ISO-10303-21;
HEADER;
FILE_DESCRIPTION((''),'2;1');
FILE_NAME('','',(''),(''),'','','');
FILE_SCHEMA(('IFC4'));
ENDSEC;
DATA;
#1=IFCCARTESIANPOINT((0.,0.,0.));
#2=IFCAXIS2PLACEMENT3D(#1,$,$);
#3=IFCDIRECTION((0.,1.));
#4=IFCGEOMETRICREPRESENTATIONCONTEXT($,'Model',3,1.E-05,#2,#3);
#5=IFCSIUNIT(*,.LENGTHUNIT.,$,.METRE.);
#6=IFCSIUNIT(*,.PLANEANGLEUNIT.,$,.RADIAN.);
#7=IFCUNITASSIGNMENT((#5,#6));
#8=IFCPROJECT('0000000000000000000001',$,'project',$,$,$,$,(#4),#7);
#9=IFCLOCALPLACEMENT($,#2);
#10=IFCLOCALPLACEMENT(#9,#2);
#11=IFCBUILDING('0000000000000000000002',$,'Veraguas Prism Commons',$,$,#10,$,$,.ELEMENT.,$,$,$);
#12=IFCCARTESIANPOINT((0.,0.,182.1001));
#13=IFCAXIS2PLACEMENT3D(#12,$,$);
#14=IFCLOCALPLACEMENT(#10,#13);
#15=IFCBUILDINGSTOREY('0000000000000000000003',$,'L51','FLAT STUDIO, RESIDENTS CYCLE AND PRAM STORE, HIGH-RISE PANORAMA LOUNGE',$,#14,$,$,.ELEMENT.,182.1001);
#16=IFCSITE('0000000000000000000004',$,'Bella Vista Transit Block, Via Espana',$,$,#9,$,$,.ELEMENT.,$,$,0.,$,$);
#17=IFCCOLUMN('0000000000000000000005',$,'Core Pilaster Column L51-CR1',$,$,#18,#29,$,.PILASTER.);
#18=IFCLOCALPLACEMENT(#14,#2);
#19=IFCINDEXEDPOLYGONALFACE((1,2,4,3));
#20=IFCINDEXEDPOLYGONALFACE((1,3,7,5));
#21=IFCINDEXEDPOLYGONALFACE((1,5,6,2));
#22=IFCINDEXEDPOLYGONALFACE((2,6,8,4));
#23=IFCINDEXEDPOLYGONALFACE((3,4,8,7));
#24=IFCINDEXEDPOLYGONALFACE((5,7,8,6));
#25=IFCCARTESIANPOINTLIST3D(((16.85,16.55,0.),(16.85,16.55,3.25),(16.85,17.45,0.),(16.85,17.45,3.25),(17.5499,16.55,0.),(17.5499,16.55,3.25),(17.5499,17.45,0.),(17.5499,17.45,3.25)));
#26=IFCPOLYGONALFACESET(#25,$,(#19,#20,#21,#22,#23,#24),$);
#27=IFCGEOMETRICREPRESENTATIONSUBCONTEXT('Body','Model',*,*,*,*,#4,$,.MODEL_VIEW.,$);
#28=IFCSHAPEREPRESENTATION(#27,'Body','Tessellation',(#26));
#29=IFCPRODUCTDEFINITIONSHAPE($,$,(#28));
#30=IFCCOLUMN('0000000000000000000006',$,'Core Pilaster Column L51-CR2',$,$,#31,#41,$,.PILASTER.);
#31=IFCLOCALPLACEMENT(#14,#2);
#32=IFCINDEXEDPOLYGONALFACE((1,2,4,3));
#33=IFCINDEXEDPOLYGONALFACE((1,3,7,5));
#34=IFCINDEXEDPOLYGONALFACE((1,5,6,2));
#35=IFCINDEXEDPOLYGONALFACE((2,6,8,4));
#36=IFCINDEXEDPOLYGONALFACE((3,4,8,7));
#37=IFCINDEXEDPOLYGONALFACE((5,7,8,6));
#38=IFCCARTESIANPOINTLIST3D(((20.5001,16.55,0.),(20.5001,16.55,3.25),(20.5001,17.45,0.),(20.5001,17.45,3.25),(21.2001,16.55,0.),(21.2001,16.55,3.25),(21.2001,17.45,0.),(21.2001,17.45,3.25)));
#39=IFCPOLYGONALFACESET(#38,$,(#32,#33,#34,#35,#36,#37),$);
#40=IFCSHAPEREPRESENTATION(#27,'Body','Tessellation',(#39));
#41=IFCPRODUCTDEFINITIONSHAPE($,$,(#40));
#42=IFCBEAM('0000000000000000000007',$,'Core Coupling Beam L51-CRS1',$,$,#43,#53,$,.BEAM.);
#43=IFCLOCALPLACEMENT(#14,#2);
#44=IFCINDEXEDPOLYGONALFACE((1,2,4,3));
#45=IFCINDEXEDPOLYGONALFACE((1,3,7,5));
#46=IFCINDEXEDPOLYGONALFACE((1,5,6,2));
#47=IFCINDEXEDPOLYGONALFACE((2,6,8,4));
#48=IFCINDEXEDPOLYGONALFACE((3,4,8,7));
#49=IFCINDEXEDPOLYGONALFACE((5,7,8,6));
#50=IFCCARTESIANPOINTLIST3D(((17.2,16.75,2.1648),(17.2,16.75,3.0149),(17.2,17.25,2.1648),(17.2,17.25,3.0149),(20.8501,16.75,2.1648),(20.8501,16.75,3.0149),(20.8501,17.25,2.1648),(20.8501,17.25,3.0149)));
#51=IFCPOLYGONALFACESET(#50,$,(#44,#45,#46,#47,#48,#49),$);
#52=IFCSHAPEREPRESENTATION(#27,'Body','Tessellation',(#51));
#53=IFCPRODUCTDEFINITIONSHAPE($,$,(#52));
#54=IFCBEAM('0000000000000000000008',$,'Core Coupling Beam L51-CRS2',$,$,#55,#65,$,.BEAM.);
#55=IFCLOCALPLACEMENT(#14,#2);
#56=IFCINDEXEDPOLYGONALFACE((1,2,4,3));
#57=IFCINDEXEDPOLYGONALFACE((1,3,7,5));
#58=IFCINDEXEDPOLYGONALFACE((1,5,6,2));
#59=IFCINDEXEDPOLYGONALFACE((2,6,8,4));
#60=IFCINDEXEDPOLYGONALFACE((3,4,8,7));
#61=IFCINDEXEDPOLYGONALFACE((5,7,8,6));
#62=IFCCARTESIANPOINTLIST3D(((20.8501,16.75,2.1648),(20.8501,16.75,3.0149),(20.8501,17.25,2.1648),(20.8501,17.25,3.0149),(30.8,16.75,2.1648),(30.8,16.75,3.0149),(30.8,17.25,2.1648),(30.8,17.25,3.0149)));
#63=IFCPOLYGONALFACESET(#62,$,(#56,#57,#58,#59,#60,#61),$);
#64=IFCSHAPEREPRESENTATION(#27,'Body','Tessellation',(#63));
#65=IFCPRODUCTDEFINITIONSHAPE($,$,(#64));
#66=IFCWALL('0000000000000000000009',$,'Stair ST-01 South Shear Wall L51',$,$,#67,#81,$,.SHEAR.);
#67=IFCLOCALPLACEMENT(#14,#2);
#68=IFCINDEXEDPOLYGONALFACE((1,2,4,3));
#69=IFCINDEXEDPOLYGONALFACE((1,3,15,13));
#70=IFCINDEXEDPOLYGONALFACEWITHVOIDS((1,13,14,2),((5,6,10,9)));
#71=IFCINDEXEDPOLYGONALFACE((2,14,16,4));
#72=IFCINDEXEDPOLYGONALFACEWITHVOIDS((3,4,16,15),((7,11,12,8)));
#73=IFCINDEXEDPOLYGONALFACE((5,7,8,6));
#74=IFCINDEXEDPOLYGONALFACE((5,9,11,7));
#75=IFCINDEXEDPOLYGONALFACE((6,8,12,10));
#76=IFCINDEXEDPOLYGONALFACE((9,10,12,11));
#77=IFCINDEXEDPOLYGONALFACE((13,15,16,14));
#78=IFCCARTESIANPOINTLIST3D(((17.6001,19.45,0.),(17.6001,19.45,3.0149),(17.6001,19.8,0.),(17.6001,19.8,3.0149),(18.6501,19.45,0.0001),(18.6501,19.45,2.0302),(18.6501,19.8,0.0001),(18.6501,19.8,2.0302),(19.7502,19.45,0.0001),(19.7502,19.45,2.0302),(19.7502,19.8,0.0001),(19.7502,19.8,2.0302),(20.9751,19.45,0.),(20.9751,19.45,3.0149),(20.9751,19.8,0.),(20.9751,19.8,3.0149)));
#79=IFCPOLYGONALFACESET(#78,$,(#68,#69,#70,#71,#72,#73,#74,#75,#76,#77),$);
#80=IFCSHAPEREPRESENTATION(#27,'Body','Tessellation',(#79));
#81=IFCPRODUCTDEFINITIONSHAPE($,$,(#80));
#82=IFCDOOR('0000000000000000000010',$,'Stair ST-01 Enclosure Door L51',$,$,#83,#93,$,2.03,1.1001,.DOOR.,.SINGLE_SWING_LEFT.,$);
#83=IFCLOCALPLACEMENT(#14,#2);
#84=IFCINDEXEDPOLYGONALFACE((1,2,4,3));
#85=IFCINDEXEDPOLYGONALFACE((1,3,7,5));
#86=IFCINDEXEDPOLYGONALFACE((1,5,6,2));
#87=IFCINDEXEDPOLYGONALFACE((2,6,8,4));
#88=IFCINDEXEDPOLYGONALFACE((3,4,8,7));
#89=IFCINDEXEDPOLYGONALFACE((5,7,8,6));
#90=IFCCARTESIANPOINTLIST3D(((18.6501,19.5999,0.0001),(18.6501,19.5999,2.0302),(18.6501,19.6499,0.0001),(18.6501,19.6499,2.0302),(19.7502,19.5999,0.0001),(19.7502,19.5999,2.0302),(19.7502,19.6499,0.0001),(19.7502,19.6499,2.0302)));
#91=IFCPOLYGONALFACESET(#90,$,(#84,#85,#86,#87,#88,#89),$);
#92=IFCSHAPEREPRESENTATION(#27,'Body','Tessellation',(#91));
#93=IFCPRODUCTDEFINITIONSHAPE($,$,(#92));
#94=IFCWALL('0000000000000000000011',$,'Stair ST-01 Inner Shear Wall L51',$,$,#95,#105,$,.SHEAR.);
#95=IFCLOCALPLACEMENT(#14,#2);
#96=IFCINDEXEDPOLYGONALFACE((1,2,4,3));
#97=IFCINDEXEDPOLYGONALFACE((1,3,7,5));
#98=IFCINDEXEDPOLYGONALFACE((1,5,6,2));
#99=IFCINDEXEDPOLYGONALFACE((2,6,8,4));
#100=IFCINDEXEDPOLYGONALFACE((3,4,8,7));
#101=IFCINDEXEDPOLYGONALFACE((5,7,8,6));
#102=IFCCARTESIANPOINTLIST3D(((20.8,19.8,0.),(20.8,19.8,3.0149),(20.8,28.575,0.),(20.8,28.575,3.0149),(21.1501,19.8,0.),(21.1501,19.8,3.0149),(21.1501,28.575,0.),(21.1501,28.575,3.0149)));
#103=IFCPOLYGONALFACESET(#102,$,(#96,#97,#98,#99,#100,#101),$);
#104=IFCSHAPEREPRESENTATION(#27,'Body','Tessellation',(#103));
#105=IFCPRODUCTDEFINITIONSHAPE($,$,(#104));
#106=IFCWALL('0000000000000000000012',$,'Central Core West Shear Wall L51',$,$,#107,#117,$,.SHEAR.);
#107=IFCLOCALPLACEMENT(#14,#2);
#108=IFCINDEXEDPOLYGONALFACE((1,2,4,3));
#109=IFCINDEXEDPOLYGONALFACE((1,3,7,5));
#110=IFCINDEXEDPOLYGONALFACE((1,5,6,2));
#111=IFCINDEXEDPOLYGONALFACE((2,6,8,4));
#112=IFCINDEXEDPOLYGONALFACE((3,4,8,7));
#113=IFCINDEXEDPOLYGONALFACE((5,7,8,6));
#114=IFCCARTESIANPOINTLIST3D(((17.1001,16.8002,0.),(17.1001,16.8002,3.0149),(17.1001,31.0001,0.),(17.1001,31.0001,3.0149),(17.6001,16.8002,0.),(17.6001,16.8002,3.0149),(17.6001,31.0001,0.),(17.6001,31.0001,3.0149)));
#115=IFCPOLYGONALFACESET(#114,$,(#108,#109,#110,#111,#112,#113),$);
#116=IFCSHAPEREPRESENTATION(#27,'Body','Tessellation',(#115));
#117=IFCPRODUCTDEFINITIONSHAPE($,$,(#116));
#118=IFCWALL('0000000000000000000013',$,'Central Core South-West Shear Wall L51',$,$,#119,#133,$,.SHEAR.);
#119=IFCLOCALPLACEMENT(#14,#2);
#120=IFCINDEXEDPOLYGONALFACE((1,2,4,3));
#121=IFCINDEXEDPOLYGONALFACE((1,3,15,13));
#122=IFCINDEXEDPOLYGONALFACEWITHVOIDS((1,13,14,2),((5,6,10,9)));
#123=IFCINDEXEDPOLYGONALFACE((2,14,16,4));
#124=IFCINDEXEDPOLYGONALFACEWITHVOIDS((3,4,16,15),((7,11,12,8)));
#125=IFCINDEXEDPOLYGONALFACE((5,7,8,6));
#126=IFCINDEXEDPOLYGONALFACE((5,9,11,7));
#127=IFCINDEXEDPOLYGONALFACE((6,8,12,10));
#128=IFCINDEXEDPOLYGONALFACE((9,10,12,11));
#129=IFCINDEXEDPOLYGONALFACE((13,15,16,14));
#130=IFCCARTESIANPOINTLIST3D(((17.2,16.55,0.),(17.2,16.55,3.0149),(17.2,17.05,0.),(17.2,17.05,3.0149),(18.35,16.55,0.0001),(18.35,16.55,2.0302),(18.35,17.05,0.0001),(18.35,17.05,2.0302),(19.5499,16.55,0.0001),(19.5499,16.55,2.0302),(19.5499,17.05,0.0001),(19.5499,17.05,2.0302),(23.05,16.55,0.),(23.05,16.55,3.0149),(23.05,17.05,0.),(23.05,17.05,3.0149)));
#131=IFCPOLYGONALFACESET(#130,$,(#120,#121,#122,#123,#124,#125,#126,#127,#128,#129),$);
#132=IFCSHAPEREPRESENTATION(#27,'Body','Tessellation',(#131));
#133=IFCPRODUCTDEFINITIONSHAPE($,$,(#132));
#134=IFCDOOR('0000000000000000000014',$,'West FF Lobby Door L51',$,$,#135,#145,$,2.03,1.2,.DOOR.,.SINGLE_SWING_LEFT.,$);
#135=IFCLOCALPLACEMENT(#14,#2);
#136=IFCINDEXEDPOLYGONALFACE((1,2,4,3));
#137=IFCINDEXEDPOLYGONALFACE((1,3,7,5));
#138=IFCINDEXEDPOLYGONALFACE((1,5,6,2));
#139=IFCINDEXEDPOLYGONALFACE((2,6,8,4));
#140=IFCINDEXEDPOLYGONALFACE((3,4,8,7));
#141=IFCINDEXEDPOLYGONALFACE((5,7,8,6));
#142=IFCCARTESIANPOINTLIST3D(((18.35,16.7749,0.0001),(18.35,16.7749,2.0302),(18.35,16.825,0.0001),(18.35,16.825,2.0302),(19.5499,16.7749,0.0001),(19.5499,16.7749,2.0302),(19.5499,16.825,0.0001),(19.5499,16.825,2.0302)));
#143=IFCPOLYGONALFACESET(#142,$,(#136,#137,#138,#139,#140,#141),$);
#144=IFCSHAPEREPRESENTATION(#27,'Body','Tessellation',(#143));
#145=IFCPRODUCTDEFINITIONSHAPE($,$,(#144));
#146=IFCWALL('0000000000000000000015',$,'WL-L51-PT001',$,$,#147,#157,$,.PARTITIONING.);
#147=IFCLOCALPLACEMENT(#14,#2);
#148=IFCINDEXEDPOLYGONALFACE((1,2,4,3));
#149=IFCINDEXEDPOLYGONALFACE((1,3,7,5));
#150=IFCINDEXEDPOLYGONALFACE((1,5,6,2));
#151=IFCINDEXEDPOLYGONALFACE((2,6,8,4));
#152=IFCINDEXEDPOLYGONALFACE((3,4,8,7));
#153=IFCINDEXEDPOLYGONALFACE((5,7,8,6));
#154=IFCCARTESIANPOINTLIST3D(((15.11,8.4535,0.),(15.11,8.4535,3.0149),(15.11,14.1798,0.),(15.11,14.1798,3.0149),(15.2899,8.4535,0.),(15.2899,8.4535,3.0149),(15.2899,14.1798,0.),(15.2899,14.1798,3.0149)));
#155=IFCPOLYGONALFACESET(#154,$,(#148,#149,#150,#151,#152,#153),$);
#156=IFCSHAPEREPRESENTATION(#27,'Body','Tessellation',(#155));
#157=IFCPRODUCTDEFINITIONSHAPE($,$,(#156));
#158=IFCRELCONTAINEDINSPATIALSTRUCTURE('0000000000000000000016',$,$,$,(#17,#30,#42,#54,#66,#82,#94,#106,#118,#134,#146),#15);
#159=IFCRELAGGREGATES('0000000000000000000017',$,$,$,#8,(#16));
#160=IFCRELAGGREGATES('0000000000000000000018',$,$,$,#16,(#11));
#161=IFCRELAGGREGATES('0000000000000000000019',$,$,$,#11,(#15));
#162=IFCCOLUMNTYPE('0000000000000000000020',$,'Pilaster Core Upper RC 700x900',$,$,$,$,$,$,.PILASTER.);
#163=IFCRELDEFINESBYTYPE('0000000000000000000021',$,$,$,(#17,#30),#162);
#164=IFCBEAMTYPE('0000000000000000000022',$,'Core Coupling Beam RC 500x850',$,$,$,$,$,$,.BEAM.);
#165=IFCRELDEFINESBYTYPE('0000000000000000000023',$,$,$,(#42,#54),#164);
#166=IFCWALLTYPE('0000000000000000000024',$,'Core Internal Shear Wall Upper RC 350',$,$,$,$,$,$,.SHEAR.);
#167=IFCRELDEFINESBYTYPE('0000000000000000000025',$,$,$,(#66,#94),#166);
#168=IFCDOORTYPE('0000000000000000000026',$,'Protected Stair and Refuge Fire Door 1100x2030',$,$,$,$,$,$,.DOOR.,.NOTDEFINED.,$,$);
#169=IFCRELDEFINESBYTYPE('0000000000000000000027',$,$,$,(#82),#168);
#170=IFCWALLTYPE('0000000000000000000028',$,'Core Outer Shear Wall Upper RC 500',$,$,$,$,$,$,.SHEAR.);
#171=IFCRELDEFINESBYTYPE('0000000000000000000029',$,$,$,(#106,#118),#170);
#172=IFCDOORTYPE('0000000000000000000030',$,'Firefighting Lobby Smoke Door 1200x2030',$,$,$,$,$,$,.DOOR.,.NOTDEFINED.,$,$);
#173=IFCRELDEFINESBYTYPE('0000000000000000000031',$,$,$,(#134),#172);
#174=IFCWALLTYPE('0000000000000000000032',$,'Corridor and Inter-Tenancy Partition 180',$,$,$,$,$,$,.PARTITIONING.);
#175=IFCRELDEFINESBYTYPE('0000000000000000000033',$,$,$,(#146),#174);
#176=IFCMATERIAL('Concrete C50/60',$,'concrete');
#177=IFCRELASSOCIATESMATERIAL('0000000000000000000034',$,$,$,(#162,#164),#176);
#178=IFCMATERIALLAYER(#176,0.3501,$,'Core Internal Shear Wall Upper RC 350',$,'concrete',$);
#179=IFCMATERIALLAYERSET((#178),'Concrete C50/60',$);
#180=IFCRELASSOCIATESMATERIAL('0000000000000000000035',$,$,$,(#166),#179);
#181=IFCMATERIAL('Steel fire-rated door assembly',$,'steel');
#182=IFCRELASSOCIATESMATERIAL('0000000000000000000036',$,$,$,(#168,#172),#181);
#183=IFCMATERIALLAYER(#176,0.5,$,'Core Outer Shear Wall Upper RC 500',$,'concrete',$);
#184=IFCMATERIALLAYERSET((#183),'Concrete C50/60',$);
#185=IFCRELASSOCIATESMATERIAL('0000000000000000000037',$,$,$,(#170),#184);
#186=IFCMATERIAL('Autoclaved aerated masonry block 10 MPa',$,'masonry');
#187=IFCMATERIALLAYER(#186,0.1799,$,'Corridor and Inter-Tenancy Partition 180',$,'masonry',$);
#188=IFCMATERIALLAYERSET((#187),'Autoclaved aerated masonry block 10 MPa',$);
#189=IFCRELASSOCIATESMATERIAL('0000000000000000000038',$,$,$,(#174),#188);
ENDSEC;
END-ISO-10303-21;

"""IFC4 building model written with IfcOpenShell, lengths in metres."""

from ifc_helpers import new_model, si_unit, direction, frame, frame_2d, origin, origin_2d, place, context, subcontext, project, spatial, rectangle, extrude, source, transform, mapped, material, layer, layer_set, material_profile, profile_set, type_object, element, fill, save


model = new_model("IFC4")

# Units and contexts
model_context = context("Model", 3, precision=1e-05, world=origin(), true_north=direction((0.0, 1.0)))
body_context = subcontext(model_context, "Body", "Model", "MODEL_VIEW")
ifc_project = project(units=[si_unit("LENGTHUNIT", "METRE"), si_unit("PLANEANGLEUNIT", "RADIAN")], contexts=[model_context])

# Site, building, storey
site_placement = place(None, origin())
site = spatial("IfcSite", under=ifc_project, at=site_placement, Name="Bella Vista Transit Block, Via Espana", CompositionType="ELEMENT", RefElevation=0.0)
building_placement = place(site_placement, origin())
building = spatial("IfcBuilding", under=site, at=building_placement, Name="Veraguas Prism Commons", CompositionType="ELEMENT")
storey_placement = place(building_placement, frame((0.0, 0.0, 182.1001)))
storey = spatial("IfcBuildingStorey", under=building, at=storey_placement, Name="L51", Description="FLAT STUDIO, RESIDENTS CYCLE AND PRAM STORE, HIGH-RISE PANORAMA LOUNGE", CompositionType="ELEMENT", Elevation=182.1001)

# Columns
ifc_material_1 = material(Name="Concrete C50/60", Category="concrete")
ifc_material_profile_1 = material_profile(ifc_material_1, rectangle(XDim=0.7, YDim=0.8999, at=origin_2d()), Name="RC700X900")
ifc_profile_set_1 = profile_set([ifc_material_profile_1], Name="Concrete C50/60")
column_type = type_object("IfcColumnType", Name="Pilaster Core Upper RC 700x900", PredefinedType="PILASTER", material=ifc_profile_set_1)
for number, where, z_axis, x_axis, name in (
    (1, (17.2, 17.0, 0.0), (0.0, 0.0, 1.0), (1.0, 0.0, 0.0), "Core Pilaster Column L51-CR1"),
    (2, (20.8501, 17.0, 0.0), (0.0, 0.0, 1.0), (1.0, 0.0, 0.0), "Core Pilaster Column L51-CR2"),
):
    element("IfcColumn", number, at=place(storey_placement, frame(where, z_axis=z_axis, x_axis=x_axis)), inside=storey, type_object=column_type, Name=name, PredefinedType="PILASTER", context=body_context, shape_type="SweptSolid", body=[
        extrude(rectangle(XDim=0.7, YDim=0.8999, at=origin_2d()), origin(), (0.0, 0.0, 1.0), 3.25),
    ])

# Beams
ifc_material_profile_2 = material_profile(ifc_material_1, rectangle(XDim=0.5, YDim=0.8501, at=origin_2d()), Name="RC500X850")
ifc_profile_set_2 = profile_set([ifc_material_profile_2], Name="Concrete C50/60")
beam_type = type_object("IfcBeamType", Name="Core Coupling Beam RC 500x850", PredefinedType="BEAM", material=ifc_profile_set_2)
beam_1_placement = place(storey_placement, frame((17.2, 17.0, 2.5898), z_axis=(1.0, 0.0, 0.0), x_axis=(0.0, 1.0, 0.0)))
element("IfcBeam", 3, at=beam_1_placement, inside=storey, type_object=beam_type, Name="Core Coupling Beam L51-CRS1", PredefinedType="BEAM", context=body_context, shape_type="SweptSolid", body=[
    extrude(rectangle(XDim=0.5, YDim=0.8501, at=origin_2d()), origin(), (0.0, 0.0, 1.0), 3.6501),
])
beam_2_placement = place(storey_placement, frame((20.8501, 17.0, 2.5898), z_axis=(1.0, 0.0, 0.0), x_axis=(0.0, 1.0, 0.0)))
element("IfcBeam", 4, at=beam_2_placement, inside=storey, type_object=beam_type, Name="Core Coupling Beam L51-CRS2", PredefinedType="BEAM", context=body_context, shape_type="SweptSolid", body=[
    extrude(rectangle(XDim=0.5, YDim=0.8501, at=origin_2d()), origin(), (0.0, 0.0, 1.0), 9.95),
])

# Wall, opening, door
ifc_layer_1 = layer(ifc_material_1, 0.3501, Name="Core Internal Shear Wall Upper RC 350", Category="concrete")
ifc_layer_set_1 = layer_set([ifc_layer_1], Name="Concrete C50/60")
wall_type_1 = type_object("IfcWallType", Name="Core Internal Shear Wall Upper RC 350", PredefinedType="SHEAR", material=ifc_layer_set_1)
wall_1_placement = place(storey_placement, frame((17.6001, 19.625, 0.0), z_axis=(0.0, 0.0, 1.0), x_axis=(1.0, 0.0, 0.0)))
wall_1 = element("IfcWall", 5, at=wall_1_placement, inside=storey, type_object=wall_type_1, Name="Stair ST-01 South Shear Wall L51", PredefinedType="SHEAR", context=body_context, shape_type="SweptSolid", body=[
    extrude(rectangle(XDim=3.375, YDim=0.3501, at=frame_2d((1.6875, 0.0))), origin(), (0.0, 0.0, 1.0), 3.0149),
])
opening_1_placement = place(wall_1_placement, frame((1.05, 0.0, 0.0)))
opening_1 = element("IfcOpeningElement", 6, at=opening_1_placement, cuts=wall_1, PredefinedType="OPENING", context=body_context, shape_type="SweptSolid", body=[
    extrude(rectangle(XDim=1.1001, YDim=2.03, at=frame_2d((0.55, 1.0151))), frame((0.0, 0.1851, 0.0), z_axis=(0.0, -1.0, 0.0), x_axis=(1.0, 0.0, 0.0)), (0.0, 0.0, 1.0), 0.3701),
])
ifc_material_2 = material(Name="Steel fire-rated door assembly", Category="steel")
door_type_1 = type_object("IfcDoorType", Name="Protected Stair and Refuge Fire Door 1100x2030", OperationType="NOTDEFINED", PredefinedType="DOOR", material=ifc_material_2)
shared_shape_1 = source(origin(), body_context, "Body", "SweptSolid", [
    extrude(rectangle(XDim=1.1001, YDim=2.03, at=frame_2d((0.55, 1.0151))), frame((0.0, 0.0249, 0.0), z_axis=(0.0, -1.0, 0.0), x_axis=(1.0, 0.0, 0.0)), (0.0, 0.0, 1.0), 0.05),
])
door_1_placement = place(opening_1_placement, origin())
door_1 = element("IfcDoor", 7, at=door_1_placement, inside=storey, type_object=door_type_1, Name="Stair ST-01 Enclosure Door L51", OperationType="SINGLE_SWING_LEFT", OverallHeight=2.03, OverallWidth=1.1001, PredefinedType="DOOR", context=body_context, shape_type="MappedRepresentation", body=[
    mapped(shared_shape_1, transform((0.0, 0.0, 0.0), scale=1.0)),
])
fill(opening_1, door_1)

# Walls
wall_2_placement = place(storey_placement, frame((20.9751, 19.8, 0.0), z_axis=(0.0, 0.0, 1.0), x_axis=(0.0, 1.0, 0.0)))
element("IfcWall", 8, at=wall_2_placement, inside=storey, type_object=wall_type_1, Name="Stair ST-01 Inner Shear Wall L51", PredefinedType="SHEAR", context=body_context, shape_type="SweptSolid", body=[
    extrude(rectangle(XDim=8.7749, YDim=0.3501, at=frame_2d((4.3875, 0.0))), origin(), (0.0, 0.0, 1.0), 3.0149),
])
ifc_layer_2 = layer(ifc_material_1, 0.5, Name="Core Outer Shear Wall Upper RC 500", Category="concrete")
ifc_layer_set_2 = layer_set([ifc_layer_2], Name="Concrete C50/60")
wall_type_2 = type_object("IfcWallType", Name="Core Outer Shear Wall Upper RC 500", PredefinedType="SHEAR", material=ifc_layer_set_2)
wall_3_placement = place(storey_placement, frame((17.3501, 16.8, 0.0), z_axis=(0.0, 0.0, 1.0), x_axis=(0.0, 1.0, 0.0)))
element("IfcWall", 9, at=wall_3_placement, inside=storey, type_object=wall_type_2, Name="Central Core West Shear Wall L51", PredefinedType="SHEAR", context=body_context, shape_type="SweptSolid", body=[
    extrude(rectangle(XDim=14.2, YDim=0.5, at=frame_2d((7.1001, 0.0))), origin(), (0.0, 0.0, 1.0), 3.0149),
])

# Wall, opening, door
wall_4_placement = place(storey_placement, frame((17.2, 16.8, 0.0), z_axis=(0.0, 0.0, 1.0), x_axis=(1.0, 0.0, 0.0)))
wall_4 = element("IfcWall", 10, at=wall_4_placement, inside=storey, type_object=wall_type_2, Name="Central Core South-West Shear Wall L51", PredefinedType="SHEAR", context=body_context, shape_type="SweptSolid", body=[
    extrude(rectangle(XDim=5.8501, YDim=0.5, at=frame_2d((2.925, 0.0))), origin(), (0.0, 0.0, 1.0), 3.0149),
])
opening_2_placement = place(wall_4_placement, frame((1.1499, 0.0, 0.0)))
opening_2 = element("IfcOpeningElement", 11, at=opening_2_placement, cuts=wall_4, PredefinedType="OPENING", context=body_context, shape_type="SweptSolid", body=[
    extrude(rectangle(XDim=1.2, YDim=2.03, at=frame_2d((0.6001, 1.0151))), frame((0.0, 0.26, 0.0), z_axis=(0.0, -1.0, 0.0), x_axis=(1.0, 0.0, 0.0)), (0.0, 0.0, 1.0), 0.52),
])
door_type_2 = type_object("IfcDoorType", Name="Firefighting Lobby Smoke Door 1200x2030", OperationType="NOTDEFINED", PredefinedType="DOOR", material=ifc_material_2)
shared_shape_2 = source(origin(), body_context, "Body", "SweptSolid", [
    extrude(rectangle(XDim=1.2, YDim=2.03, at=frame_2d((0.6001, 1.0151))), frame((0.0, 0.0249, 0.0), z_axis=(0.0, -1.0, 0.0), x_axis=(1.0, 0.0, 0.0)), (0.0, 0.0, 1.0), 0.05),
])
door_2_placement = place(opening_2_placement, origin())
door_2 = element("IfcDoor", 12, at=door_2_placement, inside=storey, type_object=door_type_2, Name="West FF Lobby Door L51", OperationType="SINGLE_SWING_LEFT", OverallHeight=2.03, OverallWidth=1.2, PredefinedType="DOOR", context=body_context, shape_type="MappedRepresentation", body=[
    mapped(shared_shape_2, transform((0.0, 0.0, 0.0), scale=1.0)),
])
fill(opening_2, door_2)

# Wall
ifc_material_3 = material(Name="Autoclaved aerated masonry block 10 MPa", Category="masonry")
ifc_layer_3 = layer(ifc_material_3, 0.1799, Name="Corridor and Inter-Tenancy Partition 180", Category="masonry")
ifc_layer_set_3 = layer_set([ifc_layer_3], Name="Autoclaved aerated masonry block 10 MPa")
wall_type_3 = type_object("IfcWallType", Name="Corridor and Inter-Tenancy Partition 180", PredefinedType="PARTITIONING", material=ifc_layer_set_3)
wall_5_placement = place(storey_placement, frame((15.2, 14.1799, 0.0), z_axis=(0.0, 0.0, 1.0), x_axis=(0.0, -1.0, 0.0)))
element("IfcWall", 13, at=wall_5_placement, inside=storey, type_object=wall_type_3, Name="WL-L51-PT001", PredefinedType="PARTITIONING", context=body_context, shape_type="SweptSolid", body=[
    extrude(rectangle(XDim=5.7263, YDim=0.1799, at=frame_2d((2.8633, 0.0))), origin(), (0.0, 0.0, 1.0), 3.0149),
])

save(model, "model.ifc")
